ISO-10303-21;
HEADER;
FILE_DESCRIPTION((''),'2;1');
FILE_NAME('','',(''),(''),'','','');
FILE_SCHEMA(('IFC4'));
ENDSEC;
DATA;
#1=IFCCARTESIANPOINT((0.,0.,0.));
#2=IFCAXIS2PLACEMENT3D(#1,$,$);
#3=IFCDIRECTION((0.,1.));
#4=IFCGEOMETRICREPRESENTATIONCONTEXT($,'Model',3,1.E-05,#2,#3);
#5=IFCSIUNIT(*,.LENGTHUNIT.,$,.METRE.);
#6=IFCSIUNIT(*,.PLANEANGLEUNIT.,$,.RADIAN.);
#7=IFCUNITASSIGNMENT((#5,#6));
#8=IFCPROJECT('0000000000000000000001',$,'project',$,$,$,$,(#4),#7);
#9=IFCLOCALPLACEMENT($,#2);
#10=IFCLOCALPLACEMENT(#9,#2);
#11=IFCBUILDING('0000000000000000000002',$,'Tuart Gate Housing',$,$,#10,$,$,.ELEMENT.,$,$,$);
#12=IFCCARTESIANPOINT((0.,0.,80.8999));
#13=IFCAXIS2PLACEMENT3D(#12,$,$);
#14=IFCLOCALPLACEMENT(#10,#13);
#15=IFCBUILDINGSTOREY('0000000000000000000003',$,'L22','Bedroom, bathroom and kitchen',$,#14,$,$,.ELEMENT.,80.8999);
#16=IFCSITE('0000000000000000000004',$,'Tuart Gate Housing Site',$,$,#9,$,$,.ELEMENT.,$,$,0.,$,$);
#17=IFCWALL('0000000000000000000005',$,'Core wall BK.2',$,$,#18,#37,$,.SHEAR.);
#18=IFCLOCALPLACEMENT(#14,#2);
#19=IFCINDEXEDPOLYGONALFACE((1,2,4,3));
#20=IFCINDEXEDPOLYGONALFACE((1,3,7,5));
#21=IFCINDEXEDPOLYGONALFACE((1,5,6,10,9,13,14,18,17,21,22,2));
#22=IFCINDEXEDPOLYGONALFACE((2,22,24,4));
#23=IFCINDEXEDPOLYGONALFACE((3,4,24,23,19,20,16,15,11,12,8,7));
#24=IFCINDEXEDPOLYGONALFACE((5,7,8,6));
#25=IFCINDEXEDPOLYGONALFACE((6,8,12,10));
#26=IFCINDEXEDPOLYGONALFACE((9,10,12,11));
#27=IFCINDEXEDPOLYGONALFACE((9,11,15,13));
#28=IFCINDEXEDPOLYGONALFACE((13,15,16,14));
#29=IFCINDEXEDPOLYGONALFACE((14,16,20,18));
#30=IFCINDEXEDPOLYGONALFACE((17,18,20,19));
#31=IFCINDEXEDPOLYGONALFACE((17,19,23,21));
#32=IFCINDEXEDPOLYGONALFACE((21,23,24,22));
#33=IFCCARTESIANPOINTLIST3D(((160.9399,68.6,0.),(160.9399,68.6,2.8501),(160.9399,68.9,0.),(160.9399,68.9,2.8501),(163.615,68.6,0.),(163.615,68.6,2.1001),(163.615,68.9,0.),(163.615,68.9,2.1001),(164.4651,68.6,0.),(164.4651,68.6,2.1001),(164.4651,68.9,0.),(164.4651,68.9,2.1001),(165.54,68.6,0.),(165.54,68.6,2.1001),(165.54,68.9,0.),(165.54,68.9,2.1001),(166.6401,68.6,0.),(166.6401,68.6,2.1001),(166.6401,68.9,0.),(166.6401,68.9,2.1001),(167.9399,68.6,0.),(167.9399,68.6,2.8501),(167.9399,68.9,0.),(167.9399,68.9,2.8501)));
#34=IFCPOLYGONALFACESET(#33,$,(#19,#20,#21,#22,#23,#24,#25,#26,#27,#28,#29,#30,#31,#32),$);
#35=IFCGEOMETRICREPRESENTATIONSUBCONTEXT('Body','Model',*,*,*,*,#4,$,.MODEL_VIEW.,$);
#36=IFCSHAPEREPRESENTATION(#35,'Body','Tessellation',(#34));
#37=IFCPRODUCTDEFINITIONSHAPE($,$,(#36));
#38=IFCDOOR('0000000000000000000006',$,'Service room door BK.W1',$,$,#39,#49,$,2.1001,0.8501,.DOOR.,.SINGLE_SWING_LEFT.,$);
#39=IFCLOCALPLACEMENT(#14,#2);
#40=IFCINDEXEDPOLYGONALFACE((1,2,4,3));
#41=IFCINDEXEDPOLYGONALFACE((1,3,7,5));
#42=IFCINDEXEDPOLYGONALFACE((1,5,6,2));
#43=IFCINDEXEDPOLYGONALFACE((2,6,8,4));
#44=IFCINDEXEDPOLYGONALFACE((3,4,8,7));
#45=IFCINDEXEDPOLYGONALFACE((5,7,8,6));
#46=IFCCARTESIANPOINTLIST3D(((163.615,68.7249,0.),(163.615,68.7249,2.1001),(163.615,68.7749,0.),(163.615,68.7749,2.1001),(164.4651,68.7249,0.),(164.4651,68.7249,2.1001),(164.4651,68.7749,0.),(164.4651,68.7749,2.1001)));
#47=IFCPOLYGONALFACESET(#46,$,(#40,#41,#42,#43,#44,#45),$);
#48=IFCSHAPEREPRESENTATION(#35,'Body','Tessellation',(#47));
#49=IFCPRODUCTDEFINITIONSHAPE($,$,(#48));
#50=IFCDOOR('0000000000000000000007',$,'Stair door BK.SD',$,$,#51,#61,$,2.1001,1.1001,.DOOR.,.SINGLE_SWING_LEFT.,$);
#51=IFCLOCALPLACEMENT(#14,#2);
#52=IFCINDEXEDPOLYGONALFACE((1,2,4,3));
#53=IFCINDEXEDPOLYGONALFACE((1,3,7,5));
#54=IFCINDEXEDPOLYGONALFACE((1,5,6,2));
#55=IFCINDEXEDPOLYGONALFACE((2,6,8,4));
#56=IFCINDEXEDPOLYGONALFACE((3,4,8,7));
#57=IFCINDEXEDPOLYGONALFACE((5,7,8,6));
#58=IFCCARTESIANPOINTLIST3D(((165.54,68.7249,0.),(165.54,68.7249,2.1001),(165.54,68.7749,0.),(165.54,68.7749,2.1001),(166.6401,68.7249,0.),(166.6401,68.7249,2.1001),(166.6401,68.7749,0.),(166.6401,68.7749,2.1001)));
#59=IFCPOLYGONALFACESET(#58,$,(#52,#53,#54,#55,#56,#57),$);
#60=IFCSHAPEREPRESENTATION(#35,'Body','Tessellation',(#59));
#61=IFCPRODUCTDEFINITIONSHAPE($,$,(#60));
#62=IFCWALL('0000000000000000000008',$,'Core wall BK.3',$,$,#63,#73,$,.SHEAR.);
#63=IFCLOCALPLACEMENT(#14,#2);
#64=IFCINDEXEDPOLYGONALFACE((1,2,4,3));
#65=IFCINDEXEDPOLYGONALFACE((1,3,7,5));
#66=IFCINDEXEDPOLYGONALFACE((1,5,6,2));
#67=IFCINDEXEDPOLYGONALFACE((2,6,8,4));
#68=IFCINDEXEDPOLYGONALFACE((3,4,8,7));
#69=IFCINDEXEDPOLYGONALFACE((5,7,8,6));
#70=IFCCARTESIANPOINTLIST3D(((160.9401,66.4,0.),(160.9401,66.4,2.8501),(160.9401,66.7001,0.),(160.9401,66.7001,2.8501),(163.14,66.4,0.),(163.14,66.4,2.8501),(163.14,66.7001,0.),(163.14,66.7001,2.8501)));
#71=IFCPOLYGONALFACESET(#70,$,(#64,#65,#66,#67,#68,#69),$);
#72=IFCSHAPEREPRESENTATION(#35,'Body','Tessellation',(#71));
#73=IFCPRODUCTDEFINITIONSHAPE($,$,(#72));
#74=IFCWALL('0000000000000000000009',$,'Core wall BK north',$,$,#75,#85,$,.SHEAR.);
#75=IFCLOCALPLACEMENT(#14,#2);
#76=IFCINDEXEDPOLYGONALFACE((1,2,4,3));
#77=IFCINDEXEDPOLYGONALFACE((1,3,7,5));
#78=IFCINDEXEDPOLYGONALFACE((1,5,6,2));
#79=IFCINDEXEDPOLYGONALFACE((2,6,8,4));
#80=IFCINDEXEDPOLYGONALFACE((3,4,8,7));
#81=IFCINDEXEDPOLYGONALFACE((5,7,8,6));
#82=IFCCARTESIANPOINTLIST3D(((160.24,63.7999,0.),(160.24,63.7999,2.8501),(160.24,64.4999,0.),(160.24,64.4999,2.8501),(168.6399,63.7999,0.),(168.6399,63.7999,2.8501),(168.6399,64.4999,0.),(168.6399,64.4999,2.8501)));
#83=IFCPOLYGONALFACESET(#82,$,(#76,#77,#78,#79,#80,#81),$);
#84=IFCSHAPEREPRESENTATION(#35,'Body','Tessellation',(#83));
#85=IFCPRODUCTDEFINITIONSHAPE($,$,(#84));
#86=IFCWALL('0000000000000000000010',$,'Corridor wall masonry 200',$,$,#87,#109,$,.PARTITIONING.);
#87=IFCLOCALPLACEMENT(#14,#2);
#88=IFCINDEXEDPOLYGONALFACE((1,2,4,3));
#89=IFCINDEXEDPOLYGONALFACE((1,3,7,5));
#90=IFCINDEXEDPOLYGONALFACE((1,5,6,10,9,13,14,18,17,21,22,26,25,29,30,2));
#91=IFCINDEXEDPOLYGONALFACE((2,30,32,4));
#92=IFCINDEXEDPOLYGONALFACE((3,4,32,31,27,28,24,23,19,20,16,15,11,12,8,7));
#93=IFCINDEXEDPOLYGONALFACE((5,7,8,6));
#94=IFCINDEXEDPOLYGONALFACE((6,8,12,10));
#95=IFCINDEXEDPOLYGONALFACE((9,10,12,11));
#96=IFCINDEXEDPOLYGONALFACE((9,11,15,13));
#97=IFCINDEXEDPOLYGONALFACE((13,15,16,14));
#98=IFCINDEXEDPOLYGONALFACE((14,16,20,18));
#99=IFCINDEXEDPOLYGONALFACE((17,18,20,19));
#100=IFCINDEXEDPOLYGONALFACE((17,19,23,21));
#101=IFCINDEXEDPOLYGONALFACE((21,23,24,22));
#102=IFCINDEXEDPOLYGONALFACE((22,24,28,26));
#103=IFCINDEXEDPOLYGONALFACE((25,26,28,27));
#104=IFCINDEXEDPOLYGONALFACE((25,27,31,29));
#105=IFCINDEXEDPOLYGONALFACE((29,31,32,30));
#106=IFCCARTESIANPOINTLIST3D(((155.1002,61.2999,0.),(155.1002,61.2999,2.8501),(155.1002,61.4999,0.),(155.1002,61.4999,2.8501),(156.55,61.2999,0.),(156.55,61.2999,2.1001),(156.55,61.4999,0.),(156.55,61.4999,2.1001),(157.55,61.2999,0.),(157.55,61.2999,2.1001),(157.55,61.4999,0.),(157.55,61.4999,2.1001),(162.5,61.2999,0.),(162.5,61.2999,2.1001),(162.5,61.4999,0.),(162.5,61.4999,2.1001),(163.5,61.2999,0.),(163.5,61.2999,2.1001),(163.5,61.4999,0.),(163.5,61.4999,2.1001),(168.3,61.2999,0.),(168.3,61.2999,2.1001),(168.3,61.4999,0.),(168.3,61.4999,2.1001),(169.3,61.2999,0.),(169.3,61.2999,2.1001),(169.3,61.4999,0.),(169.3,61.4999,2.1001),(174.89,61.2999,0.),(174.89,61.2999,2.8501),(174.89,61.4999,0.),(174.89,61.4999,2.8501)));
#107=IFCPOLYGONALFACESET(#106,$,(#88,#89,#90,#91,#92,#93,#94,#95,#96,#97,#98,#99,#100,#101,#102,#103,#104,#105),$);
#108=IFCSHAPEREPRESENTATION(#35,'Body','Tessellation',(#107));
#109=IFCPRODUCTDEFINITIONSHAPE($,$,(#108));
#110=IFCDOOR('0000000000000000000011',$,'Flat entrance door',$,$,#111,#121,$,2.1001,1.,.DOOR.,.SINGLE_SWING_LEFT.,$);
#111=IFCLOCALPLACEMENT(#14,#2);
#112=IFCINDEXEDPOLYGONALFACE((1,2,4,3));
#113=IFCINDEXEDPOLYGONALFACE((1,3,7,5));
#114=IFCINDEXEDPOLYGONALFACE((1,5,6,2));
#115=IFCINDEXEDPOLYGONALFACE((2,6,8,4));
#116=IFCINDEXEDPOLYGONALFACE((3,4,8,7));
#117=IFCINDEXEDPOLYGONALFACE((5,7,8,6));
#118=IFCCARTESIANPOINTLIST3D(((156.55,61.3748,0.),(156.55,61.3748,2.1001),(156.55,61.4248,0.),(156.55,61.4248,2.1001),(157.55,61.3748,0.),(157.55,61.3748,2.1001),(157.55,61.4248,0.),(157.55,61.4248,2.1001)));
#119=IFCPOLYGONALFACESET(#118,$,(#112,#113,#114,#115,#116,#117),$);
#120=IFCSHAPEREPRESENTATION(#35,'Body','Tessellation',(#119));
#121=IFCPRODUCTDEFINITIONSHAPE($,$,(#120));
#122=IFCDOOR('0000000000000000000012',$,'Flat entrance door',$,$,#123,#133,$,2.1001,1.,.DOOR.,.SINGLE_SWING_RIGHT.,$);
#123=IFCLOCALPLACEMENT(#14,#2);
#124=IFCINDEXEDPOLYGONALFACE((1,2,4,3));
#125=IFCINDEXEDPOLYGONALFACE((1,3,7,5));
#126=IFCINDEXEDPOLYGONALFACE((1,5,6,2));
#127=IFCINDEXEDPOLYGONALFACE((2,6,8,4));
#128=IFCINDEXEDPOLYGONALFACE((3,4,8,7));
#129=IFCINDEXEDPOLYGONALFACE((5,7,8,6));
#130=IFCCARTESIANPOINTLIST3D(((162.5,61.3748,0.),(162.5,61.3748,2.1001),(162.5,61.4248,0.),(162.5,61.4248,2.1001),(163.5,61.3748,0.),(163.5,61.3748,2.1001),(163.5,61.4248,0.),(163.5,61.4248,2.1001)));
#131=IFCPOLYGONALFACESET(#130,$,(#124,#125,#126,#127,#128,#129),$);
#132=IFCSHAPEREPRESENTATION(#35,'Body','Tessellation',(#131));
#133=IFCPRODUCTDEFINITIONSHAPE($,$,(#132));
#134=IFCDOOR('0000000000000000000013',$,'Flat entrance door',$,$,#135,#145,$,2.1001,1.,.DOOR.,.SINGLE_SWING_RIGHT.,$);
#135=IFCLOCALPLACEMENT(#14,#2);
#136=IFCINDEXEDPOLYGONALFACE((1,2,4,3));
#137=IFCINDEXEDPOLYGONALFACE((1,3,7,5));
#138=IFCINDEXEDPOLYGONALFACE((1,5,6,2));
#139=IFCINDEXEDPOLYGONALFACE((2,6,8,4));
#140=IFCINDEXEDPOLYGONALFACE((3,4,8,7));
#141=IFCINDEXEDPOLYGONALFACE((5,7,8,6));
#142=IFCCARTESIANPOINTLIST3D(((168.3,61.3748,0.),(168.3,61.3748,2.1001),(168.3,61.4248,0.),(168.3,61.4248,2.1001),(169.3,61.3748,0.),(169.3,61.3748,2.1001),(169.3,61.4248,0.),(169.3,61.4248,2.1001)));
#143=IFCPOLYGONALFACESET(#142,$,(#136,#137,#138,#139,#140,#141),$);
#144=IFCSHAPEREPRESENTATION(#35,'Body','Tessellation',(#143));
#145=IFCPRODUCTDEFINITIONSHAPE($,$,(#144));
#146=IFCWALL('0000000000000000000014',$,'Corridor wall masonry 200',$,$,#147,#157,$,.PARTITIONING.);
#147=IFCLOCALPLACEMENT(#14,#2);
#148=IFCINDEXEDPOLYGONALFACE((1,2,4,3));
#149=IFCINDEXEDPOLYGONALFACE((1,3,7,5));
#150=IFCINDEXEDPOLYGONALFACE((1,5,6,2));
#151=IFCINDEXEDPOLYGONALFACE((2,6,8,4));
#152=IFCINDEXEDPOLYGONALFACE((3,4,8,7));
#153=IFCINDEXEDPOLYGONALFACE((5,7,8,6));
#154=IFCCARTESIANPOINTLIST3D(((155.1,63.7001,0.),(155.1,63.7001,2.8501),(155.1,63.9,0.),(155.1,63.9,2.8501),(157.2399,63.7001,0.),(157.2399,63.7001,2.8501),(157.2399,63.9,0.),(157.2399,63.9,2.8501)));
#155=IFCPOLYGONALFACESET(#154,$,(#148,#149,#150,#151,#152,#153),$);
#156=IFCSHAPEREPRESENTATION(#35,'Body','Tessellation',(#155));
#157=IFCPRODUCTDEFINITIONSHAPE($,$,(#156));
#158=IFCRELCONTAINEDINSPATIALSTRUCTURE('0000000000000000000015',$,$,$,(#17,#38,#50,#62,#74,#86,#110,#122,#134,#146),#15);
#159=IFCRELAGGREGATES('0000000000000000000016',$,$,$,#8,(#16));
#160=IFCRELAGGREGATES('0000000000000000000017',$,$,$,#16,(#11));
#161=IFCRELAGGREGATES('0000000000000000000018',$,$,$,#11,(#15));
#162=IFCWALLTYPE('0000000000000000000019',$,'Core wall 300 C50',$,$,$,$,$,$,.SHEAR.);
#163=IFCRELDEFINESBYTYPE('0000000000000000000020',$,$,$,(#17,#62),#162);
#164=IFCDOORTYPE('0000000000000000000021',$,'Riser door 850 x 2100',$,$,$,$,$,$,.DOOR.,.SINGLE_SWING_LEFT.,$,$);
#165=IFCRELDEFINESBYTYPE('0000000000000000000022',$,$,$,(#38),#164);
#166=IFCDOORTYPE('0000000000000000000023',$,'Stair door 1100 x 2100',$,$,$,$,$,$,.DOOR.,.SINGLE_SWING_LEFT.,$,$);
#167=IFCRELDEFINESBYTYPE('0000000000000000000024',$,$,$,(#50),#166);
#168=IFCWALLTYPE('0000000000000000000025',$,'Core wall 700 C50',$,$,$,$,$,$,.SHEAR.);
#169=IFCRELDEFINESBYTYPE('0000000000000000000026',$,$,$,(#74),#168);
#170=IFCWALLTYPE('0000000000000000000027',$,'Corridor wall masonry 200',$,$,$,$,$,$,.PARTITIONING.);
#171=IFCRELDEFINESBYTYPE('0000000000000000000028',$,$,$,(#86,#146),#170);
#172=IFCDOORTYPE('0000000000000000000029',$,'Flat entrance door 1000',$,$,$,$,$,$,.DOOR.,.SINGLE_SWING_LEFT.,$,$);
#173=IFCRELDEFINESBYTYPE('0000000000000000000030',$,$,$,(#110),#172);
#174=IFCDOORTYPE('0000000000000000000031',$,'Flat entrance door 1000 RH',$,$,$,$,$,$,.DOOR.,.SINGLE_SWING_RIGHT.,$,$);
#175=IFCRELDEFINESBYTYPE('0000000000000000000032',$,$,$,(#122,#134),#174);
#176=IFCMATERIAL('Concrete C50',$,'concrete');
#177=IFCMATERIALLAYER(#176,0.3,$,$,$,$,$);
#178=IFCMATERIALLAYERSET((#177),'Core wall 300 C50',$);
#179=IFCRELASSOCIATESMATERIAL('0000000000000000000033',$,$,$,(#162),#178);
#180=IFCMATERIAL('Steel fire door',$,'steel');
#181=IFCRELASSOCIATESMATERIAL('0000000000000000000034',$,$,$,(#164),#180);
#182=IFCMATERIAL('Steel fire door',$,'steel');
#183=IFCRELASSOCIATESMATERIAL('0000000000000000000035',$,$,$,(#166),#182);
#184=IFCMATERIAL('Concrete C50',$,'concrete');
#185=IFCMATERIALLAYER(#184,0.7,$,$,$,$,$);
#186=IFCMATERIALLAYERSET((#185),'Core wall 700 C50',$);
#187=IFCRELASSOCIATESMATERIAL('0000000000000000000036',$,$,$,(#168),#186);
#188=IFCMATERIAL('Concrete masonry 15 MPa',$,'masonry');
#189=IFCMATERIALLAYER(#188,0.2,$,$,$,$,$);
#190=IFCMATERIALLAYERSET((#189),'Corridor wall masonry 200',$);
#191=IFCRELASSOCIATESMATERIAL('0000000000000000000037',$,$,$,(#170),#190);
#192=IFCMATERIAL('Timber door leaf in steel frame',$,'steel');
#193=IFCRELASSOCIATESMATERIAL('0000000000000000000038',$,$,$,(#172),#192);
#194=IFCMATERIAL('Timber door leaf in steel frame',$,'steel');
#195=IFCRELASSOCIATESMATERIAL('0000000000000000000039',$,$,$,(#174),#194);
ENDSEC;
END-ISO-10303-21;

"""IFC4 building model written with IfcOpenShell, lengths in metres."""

from ifc_helpers import new_model, si_unit, direction, frame, frame_2d, origin, place, context, subcontext, project, spatial, rectangle, extrude, material, layer, layer_set, type_object, element, fill, save


model = new_model("IFC4")

# Units and contexts
model_context = context("Model", 3, precision=1e-05, world=origin(), true_north=direction((0.0, 1.0)))
body_context = subcontext(model_context, "Body", "Model", "MODEL_VIEW")
ifc_project = project(units=[si_unit("LENGTHUNIT", "METRE"), si_unit("PLANEANGLEUNIT", "RADIAN")], contexts=[model_context])

# Site, building, storey
site_placement = place(None, origin())
site = spatial("IfcSite", under=ifc_project, at=site_placement, Name="Tuart Gate Housing Site", CompositionType="ELEMENT", RefElevation=0.0)
building_placement = place(site_placement, origin())
building = spatial("IfcBuilding", under=site, at=building_placement, Name="Tuart Gate Housing", CompositionType="ELEMENT")
storey_placement = place(building_placement, frame((0.0, 0.0, 80.8999)))
storey = spatial("IfcBuildingStorey", under=building, at=storey_placement, Name="L22", Description="Bedroom, bathroom and kitchen", CompositionType="ELEMENT", Elevation=80.8999)

# Wall, openings, doors
ifc_material_1 = material(Name="Concrete C50", Category="concrete")
ifc_layer_1 = layer(ifc_material_1, 0.3)
ifc_layer_set_1 = layer_set([ifc_layer_1], Name="Core wall 300 C50")
wall_type_1 = type_object("IfcWallType", Name="Core wall 300 C50", PredefinedType="SHEAR", material=ifc_layer_set_1)
wall_1_placement = place(storey_placement, frame((160.9399, 68.75, 0.0), z_axis=(0.0, 0.0, 1.0), x_axis=(1.0, 0.0, 0.0)))
wall_1 = element("IfcWall", 1, at=wall_1_placement, inside=storey, type_object=wall_type_1, Name="Core wall BK.2", PredefinedType="SHEAR", context=body_context, shape_type="SweptSolid", body=[
    extrude(rectangle(XDim=7.0, YDim=0.3, at=frame_2d((3.5, 0.0))), origin(), (0.0, 0.0, 1.0), 2.8501),
])
opening_1_placement = place(wall_1_placement, frame((4.6001, 0.0, 0.0)))
opening_1 = element("IfcOpeningElement", 2, at=opening_1_placement, cuts=wall_1, PredefinedType="OPENING", context=body_context, shape_type="SweptSolid", body=[
    extrude(rectangle(XDim=1.1001, YDim=2.1001, at=frame_2d((0.55, 1.05))), frame((0.0, 0.1599, 0.0), z_axis=(0.0, -1.0, 0.0), x_axis=(1.0, 0.0, 0.0)), (0.0, 0.0, 1.0), 0.3201),
])
opening_2_placement = place(wall_1_placement, frame((2.675, 0.0, 0.0)))
opening_2 = element("IfcOpeningElement", 3, at=opening_2_placement, cuts=wall_1, PredefinedType="OPENING", context=body_context, shape_type="SweptSolid", body=[
    extrude(rectangle(XDim=0.8501, YDim=2.1001, at=frame_2d((0.425, 1.05))), frame((0.0, 0.1599, 0.0), z_axis=(0.0, -1.0, 0.0), x_axis=(1.0, 0.0, 0.0)), (0.0, 0.0, 1.0), 0.3201),
])
ifc_material_2 = material(Name="Steel fire door", Category="steel")
door_type_1 = type_object("IfcDoorType", Name="Riser door 850 x 2100", OperationType="SINGLE_SWING_LEFT", PredefinedType="DOOR", material=ifc_material_2)
door_1_placement = place(opening_2_placement, origin())
door_1 = element("IfcDoor", 4, at=door_1_placement, inside=storey, type_object=door_type_1, Name="Service room door BK.W1", OperationType="SINGLE_SWING_LEFT", OverallHeight=2.1001, OverallWidth=0.8501, PredefinedType="DOOR", context=body_context, shape_type="SweptSolid", body=[
    extrude(rectangle(XDim=0.8501, YDim=2.1001, at=frame_2d((0.425, 1.05))), frame((0.0, 0.0249, 0.0), z_axis=(0.0, -1.0, 0.0), x_axis=(1.0, 0.0, 0.0)), (0.0, 0.0, 1.0), 0.05),
])
fill(opening_2, door_1)
ifc_material_3 = material(Name="Steel fire door", Category="steel")
door_type_2 = type_object("IfcDoorType", Name="Stair door 1100 x 2100", OperationType="SINGLE_SWING_LEFT", PredefinedType="DOOR", material=ifc_material_3)
door_2_placement = place(opening_1_placement, origin())
door_2 = element("IfcDoor", 5, at=door_2_placement, inside=storey, type_object=door_type_2, Name="Stair door BK.SD", OperationType="SINGLE_SWING_LEFT", OverallHeight=2.1001, OverallWidth=1.1001, PredefinedType="DOOR", context=body_context, shape_type="SweptSolid", body=[
    extrude(rectangle(XDim=1.1001, YDim=2.1001, at=frame_2d((0.55, 1.05))), frame((0.0, 0.0249, 0.0), z_axis=(0.0, -1.0, 0.0), x_axis=(1.0, 0.0, 0.0)), (0.0, 0.0, 1.0), 0.05),
])
fill(opening_1, door_2)

# Walls
wall_2_placement = place(storey_placement, frame((160.9399, 66.55, 0.0), z_axis=(0.0, 0.0, 1.0), x_axis=(1.0, 0.0, 0.0)))
element("IfcWall", 6, at=wall_2_placement, inside=storey, type_object=wall_type_1, Name="Core wall BK.3", PredefinedType="SHEAR", context=body_context, shape_type="SweptSolid", body=[
    extrude(rectangle(XDim=2.2, YDim=0.3, at=frame_2d((1.1001, 0.0))), origin(), (0.0, 0.0, 1.0), 2.8501),
])
ifc_material_4 = material(Name="Concrete C50", Category="concrete")
ifc_layer_2 = layer(ifc_material_4, 0.7)
ifc_layer_set_2 = layer_set([ifc_layer_2], Name="Core wall 700 C50")
wall_type_2 = type_object("IfcWallType", Name="Core wall 700 C50", PredefinedType="SHEAR", material=ifc_layer_set_2)
wall_3_placement = place(storey_placement, frame((160.24, 64.1499, 0.0), z_axis=(0.0, 0.0, 1.0), x_axis=(1.0, 0.0, 0.0)))
element("IfcWall", 7, at=wall_3_placement, inside=storey, type_object=wall_type_2, Name="Core wall BK north", PredefinedType="SHEAR", context=body_context, shape_type="SweptSolid", body=[
    extrude(rectangle(XDim=8.3999, YDim=0.7, at=frame_2d((4.2, 0.0))), origin(), (0.0, 0.0, 1.0), 2.8501),
])

# Wall, openings, doors
ifc_material_5 = material(Name="Concrete masonry 15 MPa", Category="masonry")
ifc_layer_3 = layer(ifc_material_5, 0.2)
ifc_layer_set_3 = layer_set([ifc_layer_3], Name="Corridor wall masonry 200")
wall_type_3 = type_object("IfcWallType", Name="Corridor wall masonry 200", PredefinedType="PARTITIONING", material=ifc_layer_set_3)
wall_4_placement = place(storey_placement, frame((155.1001, 61.3999, 0.0), z_axis=(0.0, 0.0, 1.0), x_axis=(1.0, 0.0, 0.0)))
wall_4 = element("IfcWall", 8, at=wall_4_placement, inside=storey, type_object=wall_type_3, Name="Corridor wall masonry 200", PredefinedType="PARTITIONING", context=body_context, shape_type="SweptSolid", body=[
    extrude(rectangle(XDim=19.7898, YDim=0.2, at=frame_2d((9.895, 0.0))), origin(), (0.0, 0.0, 1.0), 2.8501),
])
opening_3_placement = place(wall_4_placement, frame((1.45, 0.0, 0.0)))
opening_3 = element("IfcOpeningElement", 9, at=opening_3_placement, cuts=wall_4, PredefinedType="OPENING", context=body_context, shape_type="SweptSolid", body=[
    extrude(rectangle(XDim=1.0, YDim=2.1001, at=frame_2d((0.5, 1.05))), frame((0.0, 0.1099, 0.0), z_axis=(0.0, -1.0, 0.0), x_axis=(1.0, 0.0, 0.0)), (0.0, 0.0, 1.0), 0.22),
])
opening_4_placement = place(wall_4_placement, frame((7.3999, 0.0, 0.0)))
opening_4 = element("IfcOpeningElement", 10, at=opening_4_placement, cuts=wall_4, PredefinedType="OPENING", context=body_context, shape_type="SweptSolid", body=[
    extrude(rectangle(XDim=1.0, YDim=2.1001, at=frame_2d((0.5, 1.05))), frame((0.0, 0.1099, 0.0), z_axis=(0.0, -1.0, 0.0), x_axis=(1.0, 0.0, 0.0)), (0.0, 0.0, 1.0), 0.22),
])
opening_5_placement = place(wall_4_placement, frame((13.2, 0.0, 0.0)))
opening_5 = element("IfcOpeningElement", 11, at=opening_5_placement, cuts=wall_4, PredefinedType="OPENING", context=body_context, shape_type="SweptSolid", body=[
    extrude(rectangle(XDim=1.0, YDim=2.1001, at=frame_2d((0.5, 1.05))), frame((0.0, 0.1099, 0.0), z_axis=(0.0, -1.0, 0.0), x_axis=(1.0, 0.0, 0.0)), (0.0, 0.0, 1.0), 0.22),
])
ifc_material_6 = material(Name="Timber door leaf in steel frame", Category="steel")
door_type_3 = type_object("IfcDoorType", Name="Flat entrance door 1000", OperationType="SINGLE_SWING_LEFT", PredefinedType="DOOR", material=ifc_material_6)
door_3_placement = place(opening_3_placement, frame((1.0, 0.0, 0.0), z_axis=(0.0, 0.0, 1.0), x_axis=(-1.0, 0.0, 0.0)))
door_3 = element("IfcDoor", 12, at=door_3_placement, inside=storey, type_object=door_type_3, Name="Flat entrance door", OperationType="SINGLE_SWING_LEFT", OverallHeight=2.1001, OverallWidth=1.0, PredefinedType="DOOR", context=body_context, shape_type="SweptSolid", body=[
    extrude(rectangle(XDim=1.0, YDim=2.1001, at=frame_2d((0.5, 1.05))), frame((0.0, 0.0251, 0.0), z_axis=(0.0, -1.0, 0.0), x_axis=(1.0, 0.0, 0.0)), (0.0, 0.0, 1.0), 0.05),
])
fill(opening_3, door_3)
ifc_material_7 = material(Name="Timber door leaf in steel frame", Category="steel")
door_type_4 = type_object("IfcDoorType", Name="Flat entrance door 1000 RH", OperationType="SINGLE_SWING_RIGHT", PredefinedType="DOOR", material=ifc_material_7)
door_4_placement = place(opening_4_placement, frame((1.0, 0.0, 0.0), z_axis=(0.0, 0.0, 1.0), x_axis=(-1.0, 0.0, 0.0)))
door_4 = element("IfcDoor", 13, at=door_4_placement, inside=storey, type_object=door_type_4, Name="Flat entrance door", OperationType="SINGLE_SWING_RIGHT", OverallHeight=2.1001, OverallWidth=1.0, PredefinedType="DOOR", context=body_context, shape_type="SweptSolid", body=[
    extrude(rectangle(XDim=1.0, YDim=2.1001, at=frame_2d((0.5, 1.05))), frame((0.0, 0.0251, 0.0), z_axis=(0.0, -1.0, 0.0), x_axis=(1.0, 0.0, 0.0)), (0.0, 0.0, 1.0), 0.05),
])
fill(opening_4, door_4)
door_5_placement = place(opening_5_placement, frame((1.0, 0.0, 0.0), z_axis=(0.0, 0.0, 1.0), x_axis=(-1.0, 0.0, 0.0)))
door_5 = element("IfcDoor", 14, at=door_5_placement, inside=storey, type_object=door_type_4, Name="Flat entrance door", OperationType="SINGLE_SWING_RIGHT", OverallHeight=2.1001, OverallWidth=1.0, PredefinedType="DOOR", context=body_context, shape_type="SweptSolid", body=[
    extrude(rectangle(XDim=1.0, YDim=2.1001, at=frame_2d((0.5, 1.05))), frame((0.0, 0.0251, 0.0), z_axis=(0.0, -1.0, 0.0), x_axis=(1.0, 0.0, 0.0)), (0.0, 0.0, 1.0), 0.05),
])
fill(opening_5, door_5)

# Wall
wall_5_placement = place(storey_placement, frame((155.1001, 63.8, 0.0), z_axis=(0.0, 0.0, 1.0), x_axis=(1.0, 0.0, 0.0)))
element("IfcWall", 15, at=wall_5_placement, inside=storey, type_object=wall_type_3, Name="Corridor wall masonry 200", PredefinedType="PARTITIONING", context=body_context, shape_type="SweptSolid", body=[
    extrude(rectangle(XDim=2.1399, YDim=0.2, at=frame_2d((1.0698, 0.0))), origin(), (0.0, 0.0, 1.0), 2.8501),
])

save(model, "model.ifc")
